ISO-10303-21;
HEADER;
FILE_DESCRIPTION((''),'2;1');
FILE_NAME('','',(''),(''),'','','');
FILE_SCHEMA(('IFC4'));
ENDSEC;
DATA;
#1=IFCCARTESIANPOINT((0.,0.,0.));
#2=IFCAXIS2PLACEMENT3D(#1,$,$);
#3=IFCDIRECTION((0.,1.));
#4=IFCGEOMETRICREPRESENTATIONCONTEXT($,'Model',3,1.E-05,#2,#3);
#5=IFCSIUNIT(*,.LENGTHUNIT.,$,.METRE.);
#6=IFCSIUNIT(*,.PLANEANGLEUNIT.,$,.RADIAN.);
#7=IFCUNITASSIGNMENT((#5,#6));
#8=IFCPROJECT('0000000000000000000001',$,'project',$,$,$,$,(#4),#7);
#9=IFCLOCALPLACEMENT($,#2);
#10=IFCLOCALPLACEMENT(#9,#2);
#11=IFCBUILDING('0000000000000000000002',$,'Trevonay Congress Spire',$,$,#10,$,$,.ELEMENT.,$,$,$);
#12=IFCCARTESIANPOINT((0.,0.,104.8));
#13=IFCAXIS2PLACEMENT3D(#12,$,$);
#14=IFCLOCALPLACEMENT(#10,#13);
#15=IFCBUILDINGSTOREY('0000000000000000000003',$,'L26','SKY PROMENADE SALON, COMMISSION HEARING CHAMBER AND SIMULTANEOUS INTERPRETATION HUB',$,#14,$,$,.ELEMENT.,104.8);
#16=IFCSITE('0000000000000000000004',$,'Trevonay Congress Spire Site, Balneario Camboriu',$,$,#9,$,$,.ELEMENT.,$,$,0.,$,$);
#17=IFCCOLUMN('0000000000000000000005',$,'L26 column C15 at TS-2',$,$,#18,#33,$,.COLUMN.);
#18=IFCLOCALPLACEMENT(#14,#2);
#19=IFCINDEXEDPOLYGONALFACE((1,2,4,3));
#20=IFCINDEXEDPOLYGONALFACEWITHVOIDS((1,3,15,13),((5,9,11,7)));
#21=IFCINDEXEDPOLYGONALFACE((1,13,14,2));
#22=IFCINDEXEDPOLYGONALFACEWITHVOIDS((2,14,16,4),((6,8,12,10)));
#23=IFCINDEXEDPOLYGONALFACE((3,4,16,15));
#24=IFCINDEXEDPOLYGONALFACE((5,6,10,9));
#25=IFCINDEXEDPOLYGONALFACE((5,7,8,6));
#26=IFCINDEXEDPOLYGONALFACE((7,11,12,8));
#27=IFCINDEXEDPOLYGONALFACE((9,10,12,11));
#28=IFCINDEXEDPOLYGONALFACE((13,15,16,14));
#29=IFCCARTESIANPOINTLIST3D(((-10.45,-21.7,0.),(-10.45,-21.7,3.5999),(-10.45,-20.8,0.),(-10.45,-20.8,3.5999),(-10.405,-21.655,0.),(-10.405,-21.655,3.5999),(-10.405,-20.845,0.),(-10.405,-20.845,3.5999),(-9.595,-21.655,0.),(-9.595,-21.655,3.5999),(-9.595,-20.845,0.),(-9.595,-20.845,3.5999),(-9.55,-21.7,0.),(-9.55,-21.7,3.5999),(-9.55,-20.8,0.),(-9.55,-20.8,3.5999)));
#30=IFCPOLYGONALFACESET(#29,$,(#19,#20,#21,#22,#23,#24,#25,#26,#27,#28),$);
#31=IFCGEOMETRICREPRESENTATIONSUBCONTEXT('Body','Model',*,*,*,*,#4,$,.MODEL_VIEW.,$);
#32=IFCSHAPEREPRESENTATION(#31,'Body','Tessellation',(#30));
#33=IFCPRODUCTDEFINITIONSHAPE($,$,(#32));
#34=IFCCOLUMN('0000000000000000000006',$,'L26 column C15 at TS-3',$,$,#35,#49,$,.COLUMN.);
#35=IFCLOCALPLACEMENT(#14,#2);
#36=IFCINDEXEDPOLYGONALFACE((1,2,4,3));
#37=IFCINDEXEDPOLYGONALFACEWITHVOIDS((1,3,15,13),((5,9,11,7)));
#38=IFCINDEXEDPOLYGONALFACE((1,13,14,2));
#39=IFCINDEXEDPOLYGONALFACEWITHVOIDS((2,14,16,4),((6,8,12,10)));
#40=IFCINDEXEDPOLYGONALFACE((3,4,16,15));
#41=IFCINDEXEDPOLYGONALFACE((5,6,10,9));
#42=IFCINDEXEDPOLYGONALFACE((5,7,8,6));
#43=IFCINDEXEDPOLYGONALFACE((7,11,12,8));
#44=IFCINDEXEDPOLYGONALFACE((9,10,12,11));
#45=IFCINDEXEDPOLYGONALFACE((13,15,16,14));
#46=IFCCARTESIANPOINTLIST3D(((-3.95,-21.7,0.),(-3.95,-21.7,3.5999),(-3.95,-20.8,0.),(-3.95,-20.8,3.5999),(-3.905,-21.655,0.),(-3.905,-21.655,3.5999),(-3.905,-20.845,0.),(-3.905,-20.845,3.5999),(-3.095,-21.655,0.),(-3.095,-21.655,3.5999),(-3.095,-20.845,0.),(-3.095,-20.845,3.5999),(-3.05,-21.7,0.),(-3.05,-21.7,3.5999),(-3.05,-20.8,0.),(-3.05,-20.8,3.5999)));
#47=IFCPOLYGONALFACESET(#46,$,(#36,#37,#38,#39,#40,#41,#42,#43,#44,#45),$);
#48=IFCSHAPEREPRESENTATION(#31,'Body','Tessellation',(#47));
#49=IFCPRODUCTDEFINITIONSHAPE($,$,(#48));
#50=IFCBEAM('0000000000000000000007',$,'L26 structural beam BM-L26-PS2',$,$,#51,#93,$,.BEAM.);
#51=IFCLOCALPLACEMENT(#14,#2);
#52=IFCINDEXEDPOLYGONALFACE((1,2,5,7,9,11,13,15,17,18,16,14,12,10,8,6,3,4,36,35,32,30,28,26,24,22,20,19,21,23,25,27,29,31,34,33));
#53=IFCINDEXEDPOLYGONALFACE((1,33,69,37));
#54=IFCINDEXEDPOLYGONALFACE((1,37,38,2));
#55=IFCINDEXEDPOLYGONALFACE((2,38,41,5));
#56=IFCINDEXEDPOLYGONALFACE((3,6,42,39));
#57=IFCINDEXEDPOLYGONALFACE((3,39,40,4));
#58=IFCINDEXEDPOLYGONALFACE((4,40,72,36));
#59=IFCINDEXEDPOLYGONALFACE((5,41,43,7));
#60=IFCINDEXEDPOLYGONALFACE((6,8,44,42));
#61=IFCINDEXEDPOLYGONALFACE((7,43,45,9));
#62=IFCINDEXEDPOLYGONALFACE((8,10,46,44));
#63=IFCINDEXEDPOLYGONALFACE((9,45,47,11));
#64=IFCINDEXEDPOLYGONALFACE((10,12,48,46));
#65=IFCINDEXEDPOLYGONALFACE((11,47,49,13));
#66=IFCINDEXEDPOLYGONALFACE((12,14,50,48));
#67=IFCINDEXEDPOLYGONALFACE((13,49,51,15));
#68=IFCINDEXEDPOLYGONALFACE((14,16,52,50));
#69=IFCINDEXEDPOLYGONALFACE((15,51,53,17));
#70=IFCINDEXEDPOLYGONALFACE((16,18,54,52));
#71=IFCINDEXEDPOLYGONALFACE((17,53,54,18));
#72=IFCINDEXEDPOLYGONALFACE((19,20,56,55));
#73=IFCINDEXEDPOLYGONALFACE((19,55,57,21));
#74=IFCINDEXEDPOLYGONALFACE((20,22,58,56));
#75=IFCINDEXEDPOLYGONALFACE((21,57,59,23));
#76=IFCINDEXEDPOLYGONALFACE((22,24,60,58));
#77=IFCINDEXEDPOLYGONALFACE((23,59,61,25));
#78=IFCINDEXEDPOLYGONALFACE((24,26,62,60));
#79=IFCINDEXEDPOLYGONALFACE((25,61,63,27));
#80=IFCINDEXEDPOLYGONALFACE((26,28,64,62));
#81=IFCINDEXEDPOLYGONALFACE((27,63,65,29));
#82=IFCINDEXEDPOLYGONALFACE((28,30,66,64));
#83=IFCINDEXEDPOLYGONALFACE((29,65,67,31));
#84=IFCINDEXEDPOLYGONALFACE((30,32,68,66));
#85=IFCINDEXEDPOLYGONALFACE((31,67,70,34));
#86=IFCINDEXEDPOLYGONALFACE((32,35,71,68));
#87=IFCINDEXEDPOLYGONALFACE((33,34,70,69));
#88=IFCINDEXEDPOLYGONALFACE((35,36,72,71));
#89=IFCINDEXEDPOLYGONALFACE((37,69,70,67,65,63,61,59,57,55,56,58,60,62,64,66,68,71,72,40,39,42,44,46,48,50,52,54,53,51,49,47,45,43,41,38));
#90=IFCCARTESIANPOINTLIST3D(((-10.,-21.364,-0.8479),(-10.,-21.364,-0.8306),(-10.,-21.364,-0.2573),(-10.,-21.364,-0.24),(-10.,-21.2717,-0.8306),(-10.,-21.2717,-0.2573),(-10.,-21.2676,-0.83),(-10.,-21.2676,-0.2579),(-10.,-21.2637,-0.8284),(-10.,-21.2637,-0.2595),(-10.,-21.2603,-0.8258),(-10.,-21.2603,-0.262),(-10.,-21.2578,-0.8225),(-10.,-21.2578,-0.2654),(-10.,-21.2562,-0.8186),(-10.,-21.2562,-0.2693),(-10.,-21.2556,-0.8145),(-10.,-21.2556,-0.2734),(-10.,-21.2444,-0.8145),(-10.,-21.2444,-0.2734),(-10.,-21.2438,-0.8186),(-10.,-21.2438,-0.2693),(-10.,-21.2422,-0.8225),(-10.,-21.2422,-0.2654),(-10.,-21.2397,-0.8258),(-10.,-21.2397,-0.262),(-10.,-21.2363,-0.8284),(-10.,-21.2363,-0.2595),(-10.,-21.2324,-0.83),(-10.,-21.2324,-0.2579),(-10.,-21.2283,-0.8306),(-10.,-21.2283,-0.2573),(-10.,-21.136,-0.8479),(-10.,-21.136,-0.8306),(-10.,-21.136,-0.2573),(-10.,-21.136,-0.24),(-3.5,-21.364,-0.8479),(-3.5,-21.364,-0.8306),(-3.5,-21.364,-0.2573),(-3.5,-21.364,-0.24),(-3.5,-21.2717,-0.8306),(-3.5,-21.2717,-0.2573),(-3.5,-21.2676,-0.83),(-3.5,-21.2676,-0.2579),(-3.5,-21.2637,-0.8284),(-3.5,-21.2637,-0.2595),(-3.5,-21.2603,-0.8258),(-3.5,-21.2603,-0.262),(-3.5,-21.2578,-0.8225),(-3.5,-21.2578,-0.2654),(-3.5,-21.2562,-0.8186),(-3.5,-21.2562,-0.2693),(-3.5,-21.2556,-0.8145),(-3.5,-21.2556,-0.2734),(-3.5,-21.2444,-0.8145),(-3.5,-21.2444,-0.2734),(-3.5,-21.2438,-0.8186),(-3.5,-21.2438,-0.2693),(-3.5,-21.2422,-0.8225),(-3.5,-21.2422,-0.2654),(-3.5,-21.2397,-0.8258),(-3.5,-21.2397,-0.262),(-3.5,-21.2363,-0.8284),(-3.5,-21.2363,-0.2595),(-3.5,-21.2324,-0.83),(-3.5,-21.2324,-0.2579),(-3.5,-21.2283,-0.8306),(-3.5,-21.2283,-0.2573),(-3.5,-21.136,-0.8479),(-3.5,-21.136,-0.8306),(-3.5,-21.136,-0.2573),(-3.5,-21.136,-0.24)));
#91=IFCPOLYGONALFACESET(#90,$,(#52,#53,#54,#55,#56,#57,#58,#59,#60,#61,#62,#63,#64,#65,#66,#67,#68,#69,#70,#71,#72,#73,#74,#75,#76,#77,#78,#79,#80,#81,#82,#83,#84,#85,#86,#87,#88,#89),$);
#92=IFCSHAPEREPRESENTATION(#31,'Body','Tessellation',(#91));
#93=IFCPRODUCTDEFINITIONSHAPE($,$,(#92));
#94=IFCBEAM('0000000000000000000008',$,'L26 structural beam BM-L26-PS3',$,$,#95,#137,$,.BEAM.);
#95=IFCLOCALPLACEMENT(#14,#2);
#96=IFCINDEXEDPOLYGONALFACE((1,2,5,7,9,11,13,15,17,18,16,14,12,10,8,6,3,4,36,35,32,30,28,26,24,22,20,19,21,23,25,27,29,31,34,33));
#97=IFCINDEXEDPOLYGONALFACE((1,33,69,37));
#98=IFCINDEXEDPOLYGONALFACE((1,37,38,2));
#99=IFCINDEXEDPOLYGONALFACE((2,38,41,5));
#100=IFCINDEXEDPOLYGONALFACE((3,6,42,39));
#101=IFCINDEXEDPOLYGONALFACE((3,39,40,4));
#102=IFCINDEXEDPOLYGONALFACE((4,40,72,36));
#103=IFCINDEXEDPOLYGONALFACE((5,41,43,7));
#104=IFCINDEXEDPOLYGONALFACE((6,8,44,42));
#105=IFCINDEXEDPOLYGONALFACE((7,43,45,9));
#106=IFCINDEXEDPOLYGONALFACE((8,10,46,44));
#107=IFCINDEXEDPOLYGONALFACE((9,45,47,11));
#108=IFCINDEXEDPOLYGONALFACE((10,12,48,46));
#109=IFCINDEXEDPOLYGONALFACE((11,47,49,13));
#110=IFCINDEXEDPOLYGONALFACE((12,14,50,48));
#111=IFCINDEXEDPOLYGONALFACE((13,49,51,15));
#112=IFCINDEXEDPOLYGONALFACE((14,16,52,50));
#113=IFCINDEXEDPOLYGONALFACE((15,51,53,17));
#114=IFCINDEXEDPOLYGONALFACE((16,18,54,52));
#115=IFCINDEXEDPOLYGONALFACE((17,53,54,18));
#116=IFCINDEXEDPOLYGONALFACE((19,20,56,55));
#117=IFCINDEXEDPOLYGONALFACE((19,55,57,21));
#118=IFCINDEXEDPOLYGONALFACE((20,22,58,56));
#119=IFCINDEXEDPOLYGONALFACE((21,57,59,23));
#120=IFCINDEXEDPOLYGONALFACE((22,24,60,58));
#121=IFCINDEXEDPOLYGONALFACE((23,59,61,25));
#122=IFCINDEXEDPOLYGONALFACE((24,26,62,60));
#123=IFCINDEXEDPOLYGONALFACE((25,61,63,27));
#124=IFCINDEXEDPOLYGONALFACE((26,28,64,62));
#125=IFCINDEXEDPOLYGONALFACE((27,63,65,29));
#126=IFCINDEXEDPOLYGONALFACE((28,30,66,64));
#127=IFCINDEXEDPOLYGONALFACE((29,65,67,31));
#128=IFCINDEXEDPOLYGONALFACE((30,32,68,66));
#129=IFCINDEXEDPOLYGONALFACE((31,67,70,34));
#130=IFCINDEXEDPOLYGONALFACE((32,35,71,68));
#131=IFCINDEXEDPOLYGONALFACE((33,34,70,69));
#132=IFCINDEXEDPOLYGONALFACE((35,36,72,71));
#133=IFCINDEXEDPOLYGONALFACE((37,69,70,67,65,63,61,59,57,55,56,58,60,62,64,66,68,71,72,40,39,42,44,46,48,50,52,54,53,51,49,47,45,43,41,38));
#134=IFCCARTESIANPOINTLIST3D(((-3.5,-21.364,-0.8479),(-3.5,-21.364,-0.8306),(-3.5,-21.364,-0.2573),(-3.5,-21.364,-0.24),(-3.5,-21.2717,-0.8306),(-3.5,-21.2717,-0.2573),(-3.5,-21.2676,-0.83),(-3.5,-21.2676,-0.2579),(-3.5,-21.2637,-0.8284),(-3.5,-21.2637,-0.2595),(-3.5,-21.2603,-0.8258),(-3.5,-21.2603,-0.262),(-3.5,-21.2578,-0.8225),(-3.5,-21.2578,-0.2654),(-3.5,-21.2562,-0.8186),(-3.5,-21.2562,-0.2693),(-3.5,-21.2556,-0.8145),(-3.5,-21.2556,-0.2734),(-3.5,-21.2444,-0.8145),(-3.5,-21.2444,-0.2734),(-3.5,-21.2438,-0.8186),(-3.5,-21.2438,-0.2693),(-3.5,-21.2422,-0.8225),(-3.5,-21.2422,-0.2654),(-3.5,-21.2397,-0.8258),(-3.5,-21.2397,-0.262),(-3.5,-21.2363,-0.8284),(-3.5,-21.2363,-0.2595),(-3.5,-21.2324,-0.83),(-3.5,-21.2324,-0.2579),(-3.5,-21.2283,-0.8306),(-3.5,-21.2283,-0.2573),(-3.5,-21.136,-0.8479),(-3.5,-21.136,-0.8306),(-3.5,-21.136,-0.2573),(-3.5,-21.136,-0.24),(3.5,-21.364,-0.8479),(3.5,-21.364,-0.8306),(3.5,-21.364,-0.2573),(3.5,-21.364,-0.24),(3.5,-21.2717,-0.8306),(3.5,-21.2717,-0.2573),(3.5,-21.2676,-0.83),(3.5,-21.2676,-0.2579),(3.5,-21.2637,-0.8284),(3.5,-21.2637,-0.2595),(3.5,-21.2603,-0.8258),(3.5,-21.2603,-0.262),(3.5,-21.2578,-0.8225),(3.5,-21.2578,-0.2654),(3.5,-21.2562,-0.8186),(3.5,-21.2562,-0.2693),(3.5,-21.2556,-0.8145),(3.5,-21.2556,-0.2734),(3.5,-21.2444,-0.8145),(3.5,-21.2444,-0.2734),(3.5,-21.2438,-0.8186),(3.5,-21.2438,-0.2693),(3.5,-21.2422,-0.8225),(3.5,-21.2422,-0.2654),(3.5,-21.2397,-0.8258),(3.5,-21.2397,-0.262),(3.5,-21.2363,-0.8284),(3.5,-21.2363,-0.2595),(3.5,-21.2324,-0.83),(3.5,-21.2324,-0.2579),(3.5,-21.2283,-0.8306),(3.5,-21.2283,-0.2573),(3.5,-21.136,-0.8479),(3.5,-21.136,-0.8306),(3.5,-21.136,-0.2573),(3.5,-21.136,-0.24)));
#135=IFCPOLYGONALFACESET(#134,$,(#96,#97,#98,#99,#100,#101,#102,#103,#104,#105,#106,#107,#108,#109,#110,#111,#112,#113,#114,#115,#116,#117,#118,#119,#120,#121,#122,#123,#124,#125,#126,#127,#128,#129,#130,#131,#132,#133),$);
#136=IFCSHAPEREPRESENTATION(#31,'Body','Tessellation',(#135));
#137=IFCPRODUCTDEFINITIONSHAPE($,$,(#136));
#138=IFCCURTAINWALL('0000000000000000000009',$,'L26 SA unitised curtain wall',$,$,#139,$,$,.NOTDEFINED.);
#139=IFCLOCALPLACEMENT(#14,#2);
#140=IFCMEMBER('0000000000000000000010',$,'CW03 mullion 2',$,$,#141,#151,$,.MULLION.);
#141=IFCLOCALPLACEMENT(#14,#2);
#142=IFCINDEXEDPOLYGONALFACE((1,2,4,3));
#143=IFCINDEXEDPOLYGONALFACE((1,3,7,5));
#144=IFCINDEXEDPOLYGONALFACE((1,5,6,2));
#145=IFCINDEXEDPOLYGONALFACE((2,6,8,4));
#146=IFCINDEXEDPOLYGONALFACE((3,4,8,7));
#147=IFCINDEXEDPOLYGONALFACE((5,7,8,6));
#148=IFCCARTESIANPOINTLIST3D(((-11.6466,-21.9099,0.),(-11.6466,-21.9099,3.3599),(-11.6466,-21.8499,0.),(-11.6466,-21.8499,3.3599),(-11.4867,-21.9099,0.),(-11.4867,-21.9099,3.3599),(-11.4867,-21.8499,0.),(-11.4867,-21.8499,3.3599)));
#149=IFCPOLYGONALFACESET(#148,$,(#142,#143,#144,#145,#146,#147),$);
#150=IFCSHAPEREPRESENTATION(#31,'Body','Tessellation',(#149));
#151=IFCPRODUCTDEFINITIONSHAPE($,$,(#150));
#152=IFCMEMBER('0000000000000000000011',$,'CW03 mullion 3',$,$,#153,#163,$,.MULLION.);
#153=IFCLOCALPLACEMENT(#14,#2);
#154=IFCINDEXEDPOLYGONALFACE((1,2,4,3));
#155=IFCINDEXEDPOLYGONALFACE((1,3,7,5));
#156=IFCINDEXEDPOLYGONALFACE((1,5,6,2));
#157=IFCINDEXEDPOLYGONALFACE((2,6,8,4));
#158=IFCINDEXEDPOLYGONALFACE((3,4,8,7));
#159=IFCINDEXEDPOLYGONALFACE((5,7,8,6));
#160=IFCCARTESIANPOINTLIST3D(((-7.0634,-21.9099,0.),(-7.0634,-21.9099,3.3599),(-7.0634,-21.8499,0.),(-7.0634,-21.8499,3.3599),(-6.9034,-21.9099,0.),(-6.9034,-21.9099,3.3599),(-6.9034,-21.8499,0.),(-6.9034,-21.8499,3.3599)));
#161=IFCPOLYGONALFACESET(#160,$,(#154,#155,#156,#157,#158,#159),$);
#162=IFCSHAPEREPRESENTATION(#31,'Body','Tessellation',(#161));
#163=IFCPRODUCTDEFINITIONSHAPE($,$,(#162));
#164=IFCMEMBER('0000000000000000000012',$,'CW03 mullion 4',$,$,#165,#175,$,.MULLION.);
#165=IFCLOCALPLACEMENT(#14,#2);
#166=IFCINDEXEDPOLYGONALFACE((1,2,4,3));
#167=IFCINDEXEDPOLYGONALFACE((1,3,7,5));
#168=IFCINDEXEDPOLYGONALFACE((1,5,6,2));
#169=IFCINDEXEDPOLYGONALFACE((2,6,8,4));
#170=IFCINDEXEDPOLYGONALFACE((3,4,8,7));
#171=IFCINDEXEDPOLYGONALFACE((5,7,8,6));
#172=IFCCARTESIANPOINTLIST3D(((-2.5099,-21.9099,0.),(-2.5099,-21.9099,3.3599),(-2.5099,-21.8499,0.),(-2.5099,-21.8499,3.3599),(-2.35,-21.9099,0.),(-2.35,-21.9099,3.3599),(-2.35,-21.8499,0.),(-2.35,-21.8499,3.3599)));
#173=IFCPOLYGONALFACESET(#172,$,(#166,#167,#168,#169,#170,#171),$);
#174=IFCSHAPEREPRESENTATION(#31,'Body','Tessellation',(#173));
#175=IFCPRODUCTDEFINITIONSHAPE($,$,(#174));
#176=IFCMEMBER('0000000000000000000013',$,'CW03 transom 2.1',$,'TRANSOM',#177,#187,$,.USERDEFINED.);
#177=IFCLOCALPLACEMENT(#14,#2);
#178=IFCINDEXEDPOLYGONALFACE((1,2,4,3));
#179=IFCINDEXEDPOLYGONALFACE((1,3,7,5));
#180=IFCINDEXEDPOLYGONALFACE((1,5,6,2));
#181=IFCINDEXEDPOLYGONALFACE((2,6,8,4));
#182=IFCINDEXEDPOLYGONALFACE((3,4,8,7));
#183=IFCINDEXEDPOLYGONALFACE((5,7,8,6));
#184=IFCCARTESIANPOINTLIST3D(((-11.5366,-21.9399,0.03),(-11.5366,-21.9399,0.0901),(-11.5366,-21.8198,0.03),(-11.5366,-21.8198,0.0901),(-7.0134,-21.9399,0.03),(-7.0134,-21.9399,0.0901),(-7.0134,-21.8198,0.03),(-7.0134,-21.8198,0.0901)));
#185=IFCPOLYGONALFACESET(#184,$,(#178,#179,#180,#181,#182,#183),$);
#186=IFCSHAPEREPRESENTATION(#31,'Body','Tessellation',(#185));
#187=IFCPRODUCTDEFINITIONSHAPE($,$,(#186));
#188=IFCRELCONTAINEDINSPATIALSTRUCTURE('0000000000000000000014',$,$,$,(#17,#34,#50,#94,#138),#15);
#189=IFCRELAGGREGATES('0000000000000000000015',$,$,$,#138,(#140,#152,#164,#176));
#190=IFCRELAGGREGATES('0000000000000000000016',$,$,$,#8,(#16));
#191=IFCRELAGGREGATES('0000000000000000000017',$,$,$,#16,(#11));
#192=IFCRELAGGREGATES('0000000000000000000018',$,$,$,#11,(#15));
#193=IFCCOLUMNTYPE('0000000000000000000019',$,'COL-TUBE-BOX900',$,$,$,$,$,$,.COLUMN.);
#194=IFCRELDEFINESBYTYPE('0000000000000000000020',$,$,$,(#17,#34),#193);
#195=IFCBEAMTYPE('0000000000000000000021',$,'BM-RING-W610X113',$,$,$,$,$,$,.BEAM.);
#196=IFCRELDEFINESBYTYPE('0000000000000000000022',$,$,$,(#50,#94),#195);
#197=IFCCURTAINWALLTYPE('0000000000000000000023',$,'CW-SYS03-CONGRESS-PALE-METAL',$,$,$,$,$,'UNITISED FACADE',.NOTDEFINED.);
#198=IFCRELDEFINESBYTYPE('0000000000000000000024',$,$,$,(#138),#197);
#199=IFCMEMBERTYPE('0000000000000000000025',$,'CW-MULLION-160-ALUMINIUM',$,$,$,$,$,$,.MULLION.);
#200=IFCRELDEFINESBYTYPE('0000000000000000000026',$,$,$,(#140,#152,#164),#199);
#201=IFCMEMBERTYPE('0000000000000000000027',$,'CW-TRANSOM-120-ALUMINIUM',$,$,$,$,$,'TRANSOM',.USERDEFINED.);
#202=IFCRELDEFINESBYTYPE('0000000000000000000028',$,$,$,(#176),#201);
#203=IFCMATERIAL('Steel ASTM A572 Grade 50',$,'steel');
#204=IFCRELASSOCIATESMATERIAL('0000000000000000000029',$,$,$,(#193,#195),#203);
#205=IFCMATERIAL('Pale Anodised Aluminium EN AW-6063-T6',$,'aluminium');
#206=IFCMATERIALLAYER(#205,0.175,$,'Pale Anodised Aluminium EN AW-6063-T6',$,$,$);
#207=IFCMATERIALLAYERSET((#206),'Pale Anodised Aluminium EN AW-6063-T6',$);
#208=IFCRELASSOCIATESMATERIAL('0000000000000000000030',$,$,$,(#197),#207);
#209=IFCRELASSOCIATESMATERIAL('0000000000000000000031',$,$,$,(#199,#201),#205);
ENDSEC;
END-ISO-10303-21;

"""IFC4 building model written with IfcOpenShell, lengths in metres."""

from ifc_helpers import new_model, si_unit, direction, frame, origin, origin_2d, place, context, subcontext, project, spatial, rectangle, hollow_rectangle, i_section, extrude, material, layer, layer_set, material_profile, profile_set, type_object, element, aggregate, save


model = new_model("IFC4")

# Units and contexts
model_context = context("Model", 3, precision=1e-05, world=origin(), true_north=direction((0.0, 1.0)))
body_context = subcontext(model_context, "Body", "Model", "MODEL_VIEW")
ifc_project = project(units=[si_unit("LENGTHUNIT", "METRE"), si_unit("PLANEANGLEUNIT", "RADIAN")], contexts=[model_context])

# Site, building, storey
site_placement = place(None, origin())
site = spatial("IfcSite", under=ifc_project, at=site_placement, Name="Trevonay Congress Spire Site, Balneario Camboriu", CompositionType="ELEMENT", RefElevation=0.0)
building_placement = place(site_placement, origin())
building = spatial("IfcBuilding", under=site, at=building_placement, Name="Trevonay Congress Spire", CompositionType="ELEMENT")
storey_placement = place(building_placement, frame((0.0, 0.0, 104.8)))
storey = spatial("IfcBuildingStorey", under=building, at=storey_placement, Name="L26", Description="SKY PROMENADE SALON, COMMISSION HEARING CHAMBER AND SIMULTANEOUS INTERPRETATION HUB", CompositionType="ELEMENT", Elevation=104.8)

# Columns
ifc_material_1 = material(Name="Steel ASTM A572 Grade 50", Category="steel")
ifc_material_profile_1 = material_profile(ifc_material_1, hollow_rectangle(XDim=0.8999, YDim=0.8999, WallThickness=0.0449, at=origin_2d()), Name="BOX 900x900x45")
ifc_profile_set_1 = profile_set([ifc_material_profile_1], Name="Steel ASTM A572 Grade 50")
column_type = type_object("IfcColumnType", Name="COL-TUBE-BOX900", PredefinedType="COLUMN", material=ifc_profile_set_1)
for number, where, z_axis, x_axis, name in (
    (1, (-10.0, -21.25, 0.0), (0.0, 0.0, 1.0), (1.0, 0.0, 0.0), "L26 column C15 at TS-2"),
    (2, (-3.5, -21.25, 0.0), (0.0, 0.0, 1.0), (1.0, 0.0, 0.0), "L26 column C15 at TS-3"),
):
    element("IfcColumn", number, at=place(storey_placement, frame(where, z_axis=z_axis, x_axis=x_axis)), inside=storey, type_object=column_type, Name=name, PredefinedType="COLUMN", context=body_context, shape_type="SweptSolid", body=[
        extrude(hollow_rectangle(XDim=0.8999, YDim=0.8999, WallThickness=0.0449, at=origin_2d()), origin(), (0.0, 0.0, 1.0), 3.5999),
    ])

# Beams
ifc_material_profile_2 = material_profile(ifc_material_1, i_section(OverallWidth=0.228, OverallDepth=0.6079, WebThickness=0.0112, FlangeThickness=0.0173, FilletRadius=0.0161, at=origin_2d()), Name="W610x113")
ifc_profile_set_2 = profile_set([ifc_material_profile_2], Name="Steel ASTM A572 Grade 50")
beam_type = type_object("IfcBeamType", Name="BM-RING-W610X113", PredefinedType="BEAM", material=ifc_profile_set_2)
beam_1_placement = place(storey_placement, frame((-10.0, -21.25, -0.5439), z_axis=(1.0, 0.0, 0.0), x_axis=(0.0, 1.0, 0.0)))
element("IfcBeam", 3, at=beam_1_placement, inside=storey, type_object=beam_type, Name="L26 structural beam BM-L26-PS2", PredefinedType="BEAM", context=body_context, shape_type="SweptSolid", body=[
    extrude(i_section(OverallWidth=0.228, OverallDepth=0.6079, WebThickness=0.0112, FlangeThickness=0.0173, FilletRadius=0.0161, at=origin_2d()), origin(), (0.0, 0.0, 1.0), 6.5),
])
beam_2_placement = place(storey_placement, frame((-3.5, -21.25, -0.5439), z_axis=(1.0, 0.0, 0.0), x_axis=(0.0, 1.0, 0.0)))
element("IfcBeam", 4, at=beam_2_placement, inside=storey, type_object=beam_type, Name="L26 structural beam BM-L26-PS3", PredefinedType="BEAM", context=body_context, shape_type="SweptSolid", body=[
    extrude(i_section(OverallWidth=0.228, OverallDepth=0.6079, WebThickness=0.0112, FlangeThickness=0.0173, FilletRadius=0.0161, at=origin_2d()), origin(), (0.0, 0.0, 1.0), 7.0),
])

# Curtain wall, members
ifc_material_2 = material(Name="Pale Anodised Aluminium EN AW-6063-T6", Category="aluminium")
ifc_layer_1 = layer(ifc_material_2, 0.175, Name="Pale Anodised Aluminium EN AW-6063-T6")
ifc_layer_set_1 = layer_set([ifc_layer_1], Name="Pale Anodised Aluminium EN AW-6063-T6")
curtain_wall_type = type_object("IfcCurtainWallType", Name="CW-SYS03-CONGRESS-PALE-METAL", ElementType="UNITISED FACADE", PredefinedType="NOTDEFINED", material=ifc_layer_set_1)
curtain_wall_placement = place(storey_placement, origin())
curtain_wall = element("IfcCurtainWall", 5, at=curtain_wall_placement, inside=storey, type_object=curtain_wall_type, Name="L26 SA unitised curtain wall", PredefinedType="NOTDEFINED")
ifc_material_profile_3 = material_profile(ifc_material_2, rectangle(XDim=0.0601, YDim=0.1599, at=origin_2d()), Name="CW-MULLION-160-ALUMINIUM")
ifc_profile_set_3 = profile_set([ifc_material_profile_3], Name="Pale Anodised Aluminium EN AW-6063-T6")
member_type_1 = type_object("IfcMemberType", Name="CW-MULLION-160-ALUMINIUM", PredefinedType="MULLION", material=ifc_profile_set_3)
member_1_placement = place(storey_placement, frame((-11.5667, -21.8799, 0.0), z_axis=(0.0, 0.0, 1.0), x_axis=(0.0, 1.0, 0.0)))
member_1 = element("IfcMember", 6, at=member_1_placement, type_object=member_type_1, Name="CW03 mullion 2", PredefinedType="MULLION", context=body_context, shape_type="SweptSolid", body=[
    extrude(rectangle(XDim=0.0601, YDim=0.1599, at=origin_2d()), origin(), (0.0, 0.0, 1.0), 3.3599),
])
member_2_placement = place(storey_placement, frame((-6.9834, -21.8799, 0.0), z_axis=(0.0, 0.0, 1.0), x_axis=(0.0, 1.0, 0.0)))
member_2 = element("IfcMember", 7, at=member_2_placement, type_object=member_type_1, Name="CW03 mullion 3", PredefinedType="MULLION", context=body_context, shape_type="SweptSolid", body=[
    extrude(rectangle(XDim=0.0601, YDim=0.1599, at=origin_2d()), origin(), (0.0, 0.0, 1.0), 3.3599),
])
member_3_placement = place(storey_placement, frame((-2.4299, -21.8799, 0.0), z_axis=(0.0, 0.0, 1.0), x_axis=(0.0, 1.0, 0.0)))
member_3 = element("IfcMember", 8, at=member_3_placement, type_object=member_type_1, Name="CW03 mullion 4", PredefinedType="MULLION", context=body_context, shape_type="SweptSolid", body=[
    extrude(rectangle(XDim=0.0601, YDim=0.1599, at=origin_2d()), origin(), (0.0, 0.0, 1.0), 3.3599),
])
ifc_material_profile_4 = material_profile(ifc_material_2, rectangle(XDim=0.1201, YDim=0.0601, at=origin_2d()), Name="CW-TRANSOM-120-ALUMINIUM")
ifc_profile_set_4 = profile_set([ifc_material_profile_4], Name="Pale Anodised Aluminium EN AW-6063-T6")
member_type_2 = type_object("IfcMemberType", Name="CW-TRANSOM-120-ALUMINIUM", ElementType="TRANSOM", PredefinedType="USERDEFINED", material=ifc_profile_set_4)
member_4_placement = place(storey_placement, frame((-11.5366, -21.8799, 0.0601), z_axis=(1.0, 0.0, 0.0), x_axis=(0.0, 1.0, 0.0)))
member_4 = element("IfcMember", 9, at=member_4_placement, type_object=member_type_2, Name="CW03 transom 2.1", ObjectType="TRANSOM", PredefinedType="USERDEFINED", context=body_context, shape_type="SweptSolid", body=[
    extrude(rectangle(XDim=0.1201, YDim=0.0601, at=origin_2d()), origin(), (0.0, 0.0, 1.0), 4.5232),
])
aggregate(curtain_wall, [member_1, member_2, member_3, member_4])

save(model, "model.ifc")
